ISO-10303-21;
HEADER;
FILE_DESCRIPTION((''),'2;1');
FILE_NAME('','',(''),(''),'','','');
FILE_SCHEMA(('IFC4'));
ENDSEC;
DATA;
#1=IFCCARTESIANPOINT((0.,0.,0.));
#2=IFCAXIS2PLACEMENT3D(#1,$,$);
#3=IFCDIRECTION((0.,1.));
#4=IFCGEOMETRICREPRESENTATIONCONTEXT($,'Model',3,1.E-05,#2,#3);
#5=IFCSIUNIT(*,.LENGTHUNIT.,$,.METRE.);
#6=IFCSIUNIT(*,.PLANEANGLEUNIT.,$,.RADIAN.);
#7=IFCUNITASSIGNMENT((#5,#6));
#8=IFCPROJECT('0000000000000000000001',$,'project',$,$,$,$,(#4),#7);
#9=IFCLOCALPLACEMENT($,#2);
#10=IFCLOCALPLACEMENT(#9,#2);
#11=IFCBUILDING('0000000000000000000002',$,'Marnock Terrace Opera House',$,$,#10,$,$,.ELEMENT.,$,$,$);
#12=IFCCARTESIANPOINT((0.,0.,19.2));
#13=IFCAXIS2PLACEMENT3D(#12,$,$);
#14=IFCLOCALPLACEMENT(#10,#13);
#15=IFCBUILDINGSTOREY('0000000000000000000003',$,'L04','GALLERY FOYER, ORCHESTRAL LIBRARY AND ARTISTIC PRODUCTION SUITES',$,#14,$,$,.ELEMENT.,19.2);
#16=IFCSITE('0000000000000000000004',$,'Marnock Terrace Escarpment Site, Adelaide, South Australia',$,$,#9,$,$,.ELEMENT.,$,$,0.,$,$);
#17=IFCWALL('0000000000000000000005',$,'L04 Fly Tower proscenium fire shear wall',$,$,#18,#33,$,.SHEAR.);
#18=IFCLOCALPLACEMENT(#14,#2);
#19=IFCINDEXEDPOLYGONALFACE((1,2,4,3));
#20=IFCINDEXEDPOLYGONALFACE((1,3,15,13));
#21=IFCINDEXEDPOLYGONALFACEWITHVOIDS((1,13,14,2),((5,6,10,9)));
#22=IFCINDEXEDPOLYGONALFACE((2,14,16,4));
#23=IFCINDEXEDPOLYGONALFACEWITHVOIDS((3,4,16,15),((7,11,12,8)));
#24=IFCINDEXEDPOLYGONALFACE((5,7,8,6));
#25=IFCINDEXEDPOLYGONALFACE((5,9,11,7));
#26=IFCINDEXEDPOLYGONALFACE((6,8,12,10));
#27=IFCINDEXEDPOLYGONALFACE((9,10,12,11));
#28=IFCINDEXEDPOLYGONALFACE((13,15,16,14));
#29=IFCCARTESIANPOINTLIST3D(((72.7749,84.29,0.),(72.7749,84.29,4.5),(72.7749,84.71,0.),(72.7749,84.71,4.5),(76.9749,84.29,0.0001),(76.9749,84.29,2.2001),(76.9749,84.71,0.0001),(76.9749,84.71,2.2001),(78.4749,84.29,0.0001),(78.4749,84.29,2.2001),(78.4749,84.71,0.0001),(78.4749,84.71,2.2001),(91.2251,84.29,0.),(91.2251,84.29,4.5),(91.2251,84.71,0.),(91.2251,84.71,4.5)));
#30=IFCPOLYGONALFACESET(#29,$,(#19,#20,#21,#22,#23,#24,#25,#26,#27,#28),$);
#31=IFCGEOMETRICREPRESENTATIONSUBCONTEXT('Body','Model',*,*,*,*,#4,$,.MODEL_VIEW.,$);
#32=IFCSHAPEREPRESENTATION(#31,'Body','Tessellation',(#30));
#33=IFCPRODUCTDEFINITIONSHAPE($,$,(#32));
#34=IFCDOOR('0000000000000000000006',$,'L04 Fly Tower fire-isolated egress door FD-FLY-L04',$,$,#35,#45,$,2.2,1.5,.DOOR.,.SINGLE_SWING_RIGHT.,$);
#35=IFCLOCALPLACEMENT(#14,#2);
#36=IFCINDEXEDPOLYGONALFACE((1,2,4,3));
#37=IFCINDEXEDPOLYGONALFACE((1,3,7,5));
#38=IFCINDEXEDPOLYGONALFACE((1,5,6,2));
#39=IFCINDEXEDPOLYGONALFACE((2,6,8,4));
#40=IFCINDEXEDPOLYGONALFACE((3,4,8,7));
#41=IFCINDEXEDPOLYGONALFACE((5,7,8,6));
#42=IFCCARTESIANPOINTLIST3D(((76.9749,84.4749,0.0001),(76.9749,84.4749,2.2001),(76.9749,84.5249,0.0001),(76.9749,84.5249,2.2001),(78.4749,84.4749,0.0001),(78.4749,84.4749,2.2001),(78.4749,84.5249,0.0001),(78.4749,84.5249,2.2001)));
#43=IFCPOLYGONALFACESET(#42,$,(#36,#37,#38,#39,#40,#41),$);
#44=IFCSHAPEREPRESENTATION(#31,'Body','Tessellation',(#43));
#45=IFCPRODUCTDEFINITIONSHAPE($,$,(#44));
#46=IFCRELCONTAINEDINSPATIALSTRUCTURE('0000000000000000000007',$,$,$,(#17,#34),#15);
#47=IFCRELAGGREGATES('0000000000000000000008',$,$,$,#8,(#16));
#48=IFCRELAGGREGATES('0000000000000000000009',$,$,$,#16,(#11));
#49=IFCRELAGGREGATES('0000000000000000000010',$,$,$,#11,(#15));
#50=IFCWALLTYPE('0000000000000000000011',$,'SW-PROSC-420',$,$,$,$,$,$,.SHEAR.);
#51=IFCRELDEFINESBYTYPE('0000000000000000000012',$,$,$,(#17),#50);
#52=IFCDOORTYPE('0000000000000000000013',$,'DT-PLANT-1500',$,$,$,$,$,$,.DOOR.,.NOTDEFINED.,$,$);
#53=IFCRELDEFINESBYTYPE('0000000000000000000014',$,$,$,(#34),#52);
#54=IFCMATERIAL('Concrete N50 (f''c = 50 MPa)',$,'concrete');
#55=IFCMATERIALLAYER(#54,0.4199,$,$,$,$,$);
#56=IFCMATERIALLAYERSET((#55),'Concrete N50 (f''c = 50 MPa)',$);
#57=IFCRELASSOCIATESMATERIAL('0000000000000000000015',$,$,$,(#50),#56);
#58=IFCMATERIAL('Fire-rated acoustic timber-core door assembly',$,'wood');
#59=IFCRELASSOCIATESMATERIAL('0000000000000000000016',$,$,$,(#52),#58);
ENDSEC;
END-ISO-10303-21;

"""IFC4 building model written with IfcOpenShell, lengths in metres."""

from ifc_helpers import new_model, si_unit, direction, frame, frame_2d, origin, place, context, subcontext, project, spatial, rectangle, extrude, material, layer, layer_set, type_object, element, fill, save


model = new_model("IFC4")

# Units and contexts
model_context = context("Model", 3, precision=1e-05, world=origin(), true_north=direction((0.0, 1.0)))
body_context = subcontext(model_context, "Body", "Model", "MODEL_VIEW")
ifc_project = project(units=[si_unit("LENGTHUNIT", "METRE"), si_unit("PLANEANGLEUNIT", "RADIAN")], contexts=[model_context])

# Site, building, storey
site_placement = place(None, origin())
site = spatial("IfcSite", under=ifc_project, at=site_placement, Name="Marnock Terrace Escarpment Site, Adelaide, South Australia", CompositionType="ELEMENT", RefElevation=0.0)
building_placement = place(site_placement, origin())
building = spatial("IfcBuilding", under=site, at=building_placement, Name="Marnock Terrace Opera House", CompositionType="ELEMENT")
storey_placement = place(building_placement, frame((0.0, 0.0, 19.2)))
storey = spatial("IfcBuildingStorey", under=building, at=storey_placement, Name="L04", Description="GALLERY FOYER, ORCHESTRAL LIBRARY AND ARTISTIC PRODUCTION SUITES", CompositionType="ELEMENT", Elevation=19.2)

# Shared definitions
ifc_material_1 = material(Name="Concrete N50 (f'c = 50 MPa)", Category="concrete")

# Wall, opening, door
ifc_layer_1 = layer(ifc_material_1, 0.4199)
ifc_layer_set_1 = layer_set([ifc_layer_1], Name="Concrete N50 (f'c = 50 MPa)")
wall_type_1 = type_object("IfcWallType", Name="SW-PROSC-420", PredefinedType="SHEAR", material=ifc_layer_set_1)
wall_1_placement = place(storey_placement, frame((72.7749, 84.5, 0.0), z_axis=(0.0, 0.0, 1.0), x_axis=(1.0, 0.0, 0.0)))
wall_1 = element("IfcWall", 1, at=wall_1_placement, inside=storey, type_object=wall_type_1, Name="L04 Fly Tower proscenium fire shear wall", PredefinedType="SHEAR", context=body_context, shape_type="SweptSolid", body=[
    extrude(rectangle(XDim=18.4502, YDim=0.4199, at=frame_2d((9.2251, 0.0))), origin(), (0.0, 0.0, 1.0), 4.5),
])
opening_1_placement = place(wall_1_placement, frame((4.2, 0.0, 0.0)))
opening_1 = element("IfcOpeningElement", 2, at=opening_1_placement, cuts=wall_1, PredefinedType="OPENING", context=body_context, shape_type="SweptSolid", body=[
    extrude(rectangle(XDim=1.5, YDim=2.2, at=frame_2d((0.75, 1.1001))), frame((0.0, 0.22, 0.0), z_axis=(0.0, -1.0, 0.0), x_axis=(1.0, 0.0, 0.0)), (0.0, 0.0, 1.0), 0.4399),
])
ifc_material_2 = material(Name="Fire-rated acoustic timber-core door assembly", Category="wood")
door_type = type_object("IfcDoorType", Name="DT-PLANT-1500", OperationType="NOTDEFINED", PredefinedType="DOOR", material=ifc_material_2)
door_placement = place(opening_1_placement, origin())
door = element("IfcDoor", 3, at=door_placement, inside=storey, type_object=door_type, Name="L04 Fly Tower fire-isolated egress door FD-FLY-L04", OperationType="SINGLE_SWING_RIGHT", OverallHeight=2.2, OverallWidth=1.5, PredefinedType="DOOR", context=body_context, shape_type="SweptSolid", body=[
    extrude(rectangle(XDim=1.5, YDim=2.2, at=frame_2d((0.75, 1.1001))), frame((0.0, 0.0249, 0.0), z_axis=(0.0, -1.0, 0.0), x_axis=(1.0, 0.0, 0.0)), (0.0, 0.0, 1.0), 0.05),
])
fill(opening_1, door)

save(model, "model.ifc")
